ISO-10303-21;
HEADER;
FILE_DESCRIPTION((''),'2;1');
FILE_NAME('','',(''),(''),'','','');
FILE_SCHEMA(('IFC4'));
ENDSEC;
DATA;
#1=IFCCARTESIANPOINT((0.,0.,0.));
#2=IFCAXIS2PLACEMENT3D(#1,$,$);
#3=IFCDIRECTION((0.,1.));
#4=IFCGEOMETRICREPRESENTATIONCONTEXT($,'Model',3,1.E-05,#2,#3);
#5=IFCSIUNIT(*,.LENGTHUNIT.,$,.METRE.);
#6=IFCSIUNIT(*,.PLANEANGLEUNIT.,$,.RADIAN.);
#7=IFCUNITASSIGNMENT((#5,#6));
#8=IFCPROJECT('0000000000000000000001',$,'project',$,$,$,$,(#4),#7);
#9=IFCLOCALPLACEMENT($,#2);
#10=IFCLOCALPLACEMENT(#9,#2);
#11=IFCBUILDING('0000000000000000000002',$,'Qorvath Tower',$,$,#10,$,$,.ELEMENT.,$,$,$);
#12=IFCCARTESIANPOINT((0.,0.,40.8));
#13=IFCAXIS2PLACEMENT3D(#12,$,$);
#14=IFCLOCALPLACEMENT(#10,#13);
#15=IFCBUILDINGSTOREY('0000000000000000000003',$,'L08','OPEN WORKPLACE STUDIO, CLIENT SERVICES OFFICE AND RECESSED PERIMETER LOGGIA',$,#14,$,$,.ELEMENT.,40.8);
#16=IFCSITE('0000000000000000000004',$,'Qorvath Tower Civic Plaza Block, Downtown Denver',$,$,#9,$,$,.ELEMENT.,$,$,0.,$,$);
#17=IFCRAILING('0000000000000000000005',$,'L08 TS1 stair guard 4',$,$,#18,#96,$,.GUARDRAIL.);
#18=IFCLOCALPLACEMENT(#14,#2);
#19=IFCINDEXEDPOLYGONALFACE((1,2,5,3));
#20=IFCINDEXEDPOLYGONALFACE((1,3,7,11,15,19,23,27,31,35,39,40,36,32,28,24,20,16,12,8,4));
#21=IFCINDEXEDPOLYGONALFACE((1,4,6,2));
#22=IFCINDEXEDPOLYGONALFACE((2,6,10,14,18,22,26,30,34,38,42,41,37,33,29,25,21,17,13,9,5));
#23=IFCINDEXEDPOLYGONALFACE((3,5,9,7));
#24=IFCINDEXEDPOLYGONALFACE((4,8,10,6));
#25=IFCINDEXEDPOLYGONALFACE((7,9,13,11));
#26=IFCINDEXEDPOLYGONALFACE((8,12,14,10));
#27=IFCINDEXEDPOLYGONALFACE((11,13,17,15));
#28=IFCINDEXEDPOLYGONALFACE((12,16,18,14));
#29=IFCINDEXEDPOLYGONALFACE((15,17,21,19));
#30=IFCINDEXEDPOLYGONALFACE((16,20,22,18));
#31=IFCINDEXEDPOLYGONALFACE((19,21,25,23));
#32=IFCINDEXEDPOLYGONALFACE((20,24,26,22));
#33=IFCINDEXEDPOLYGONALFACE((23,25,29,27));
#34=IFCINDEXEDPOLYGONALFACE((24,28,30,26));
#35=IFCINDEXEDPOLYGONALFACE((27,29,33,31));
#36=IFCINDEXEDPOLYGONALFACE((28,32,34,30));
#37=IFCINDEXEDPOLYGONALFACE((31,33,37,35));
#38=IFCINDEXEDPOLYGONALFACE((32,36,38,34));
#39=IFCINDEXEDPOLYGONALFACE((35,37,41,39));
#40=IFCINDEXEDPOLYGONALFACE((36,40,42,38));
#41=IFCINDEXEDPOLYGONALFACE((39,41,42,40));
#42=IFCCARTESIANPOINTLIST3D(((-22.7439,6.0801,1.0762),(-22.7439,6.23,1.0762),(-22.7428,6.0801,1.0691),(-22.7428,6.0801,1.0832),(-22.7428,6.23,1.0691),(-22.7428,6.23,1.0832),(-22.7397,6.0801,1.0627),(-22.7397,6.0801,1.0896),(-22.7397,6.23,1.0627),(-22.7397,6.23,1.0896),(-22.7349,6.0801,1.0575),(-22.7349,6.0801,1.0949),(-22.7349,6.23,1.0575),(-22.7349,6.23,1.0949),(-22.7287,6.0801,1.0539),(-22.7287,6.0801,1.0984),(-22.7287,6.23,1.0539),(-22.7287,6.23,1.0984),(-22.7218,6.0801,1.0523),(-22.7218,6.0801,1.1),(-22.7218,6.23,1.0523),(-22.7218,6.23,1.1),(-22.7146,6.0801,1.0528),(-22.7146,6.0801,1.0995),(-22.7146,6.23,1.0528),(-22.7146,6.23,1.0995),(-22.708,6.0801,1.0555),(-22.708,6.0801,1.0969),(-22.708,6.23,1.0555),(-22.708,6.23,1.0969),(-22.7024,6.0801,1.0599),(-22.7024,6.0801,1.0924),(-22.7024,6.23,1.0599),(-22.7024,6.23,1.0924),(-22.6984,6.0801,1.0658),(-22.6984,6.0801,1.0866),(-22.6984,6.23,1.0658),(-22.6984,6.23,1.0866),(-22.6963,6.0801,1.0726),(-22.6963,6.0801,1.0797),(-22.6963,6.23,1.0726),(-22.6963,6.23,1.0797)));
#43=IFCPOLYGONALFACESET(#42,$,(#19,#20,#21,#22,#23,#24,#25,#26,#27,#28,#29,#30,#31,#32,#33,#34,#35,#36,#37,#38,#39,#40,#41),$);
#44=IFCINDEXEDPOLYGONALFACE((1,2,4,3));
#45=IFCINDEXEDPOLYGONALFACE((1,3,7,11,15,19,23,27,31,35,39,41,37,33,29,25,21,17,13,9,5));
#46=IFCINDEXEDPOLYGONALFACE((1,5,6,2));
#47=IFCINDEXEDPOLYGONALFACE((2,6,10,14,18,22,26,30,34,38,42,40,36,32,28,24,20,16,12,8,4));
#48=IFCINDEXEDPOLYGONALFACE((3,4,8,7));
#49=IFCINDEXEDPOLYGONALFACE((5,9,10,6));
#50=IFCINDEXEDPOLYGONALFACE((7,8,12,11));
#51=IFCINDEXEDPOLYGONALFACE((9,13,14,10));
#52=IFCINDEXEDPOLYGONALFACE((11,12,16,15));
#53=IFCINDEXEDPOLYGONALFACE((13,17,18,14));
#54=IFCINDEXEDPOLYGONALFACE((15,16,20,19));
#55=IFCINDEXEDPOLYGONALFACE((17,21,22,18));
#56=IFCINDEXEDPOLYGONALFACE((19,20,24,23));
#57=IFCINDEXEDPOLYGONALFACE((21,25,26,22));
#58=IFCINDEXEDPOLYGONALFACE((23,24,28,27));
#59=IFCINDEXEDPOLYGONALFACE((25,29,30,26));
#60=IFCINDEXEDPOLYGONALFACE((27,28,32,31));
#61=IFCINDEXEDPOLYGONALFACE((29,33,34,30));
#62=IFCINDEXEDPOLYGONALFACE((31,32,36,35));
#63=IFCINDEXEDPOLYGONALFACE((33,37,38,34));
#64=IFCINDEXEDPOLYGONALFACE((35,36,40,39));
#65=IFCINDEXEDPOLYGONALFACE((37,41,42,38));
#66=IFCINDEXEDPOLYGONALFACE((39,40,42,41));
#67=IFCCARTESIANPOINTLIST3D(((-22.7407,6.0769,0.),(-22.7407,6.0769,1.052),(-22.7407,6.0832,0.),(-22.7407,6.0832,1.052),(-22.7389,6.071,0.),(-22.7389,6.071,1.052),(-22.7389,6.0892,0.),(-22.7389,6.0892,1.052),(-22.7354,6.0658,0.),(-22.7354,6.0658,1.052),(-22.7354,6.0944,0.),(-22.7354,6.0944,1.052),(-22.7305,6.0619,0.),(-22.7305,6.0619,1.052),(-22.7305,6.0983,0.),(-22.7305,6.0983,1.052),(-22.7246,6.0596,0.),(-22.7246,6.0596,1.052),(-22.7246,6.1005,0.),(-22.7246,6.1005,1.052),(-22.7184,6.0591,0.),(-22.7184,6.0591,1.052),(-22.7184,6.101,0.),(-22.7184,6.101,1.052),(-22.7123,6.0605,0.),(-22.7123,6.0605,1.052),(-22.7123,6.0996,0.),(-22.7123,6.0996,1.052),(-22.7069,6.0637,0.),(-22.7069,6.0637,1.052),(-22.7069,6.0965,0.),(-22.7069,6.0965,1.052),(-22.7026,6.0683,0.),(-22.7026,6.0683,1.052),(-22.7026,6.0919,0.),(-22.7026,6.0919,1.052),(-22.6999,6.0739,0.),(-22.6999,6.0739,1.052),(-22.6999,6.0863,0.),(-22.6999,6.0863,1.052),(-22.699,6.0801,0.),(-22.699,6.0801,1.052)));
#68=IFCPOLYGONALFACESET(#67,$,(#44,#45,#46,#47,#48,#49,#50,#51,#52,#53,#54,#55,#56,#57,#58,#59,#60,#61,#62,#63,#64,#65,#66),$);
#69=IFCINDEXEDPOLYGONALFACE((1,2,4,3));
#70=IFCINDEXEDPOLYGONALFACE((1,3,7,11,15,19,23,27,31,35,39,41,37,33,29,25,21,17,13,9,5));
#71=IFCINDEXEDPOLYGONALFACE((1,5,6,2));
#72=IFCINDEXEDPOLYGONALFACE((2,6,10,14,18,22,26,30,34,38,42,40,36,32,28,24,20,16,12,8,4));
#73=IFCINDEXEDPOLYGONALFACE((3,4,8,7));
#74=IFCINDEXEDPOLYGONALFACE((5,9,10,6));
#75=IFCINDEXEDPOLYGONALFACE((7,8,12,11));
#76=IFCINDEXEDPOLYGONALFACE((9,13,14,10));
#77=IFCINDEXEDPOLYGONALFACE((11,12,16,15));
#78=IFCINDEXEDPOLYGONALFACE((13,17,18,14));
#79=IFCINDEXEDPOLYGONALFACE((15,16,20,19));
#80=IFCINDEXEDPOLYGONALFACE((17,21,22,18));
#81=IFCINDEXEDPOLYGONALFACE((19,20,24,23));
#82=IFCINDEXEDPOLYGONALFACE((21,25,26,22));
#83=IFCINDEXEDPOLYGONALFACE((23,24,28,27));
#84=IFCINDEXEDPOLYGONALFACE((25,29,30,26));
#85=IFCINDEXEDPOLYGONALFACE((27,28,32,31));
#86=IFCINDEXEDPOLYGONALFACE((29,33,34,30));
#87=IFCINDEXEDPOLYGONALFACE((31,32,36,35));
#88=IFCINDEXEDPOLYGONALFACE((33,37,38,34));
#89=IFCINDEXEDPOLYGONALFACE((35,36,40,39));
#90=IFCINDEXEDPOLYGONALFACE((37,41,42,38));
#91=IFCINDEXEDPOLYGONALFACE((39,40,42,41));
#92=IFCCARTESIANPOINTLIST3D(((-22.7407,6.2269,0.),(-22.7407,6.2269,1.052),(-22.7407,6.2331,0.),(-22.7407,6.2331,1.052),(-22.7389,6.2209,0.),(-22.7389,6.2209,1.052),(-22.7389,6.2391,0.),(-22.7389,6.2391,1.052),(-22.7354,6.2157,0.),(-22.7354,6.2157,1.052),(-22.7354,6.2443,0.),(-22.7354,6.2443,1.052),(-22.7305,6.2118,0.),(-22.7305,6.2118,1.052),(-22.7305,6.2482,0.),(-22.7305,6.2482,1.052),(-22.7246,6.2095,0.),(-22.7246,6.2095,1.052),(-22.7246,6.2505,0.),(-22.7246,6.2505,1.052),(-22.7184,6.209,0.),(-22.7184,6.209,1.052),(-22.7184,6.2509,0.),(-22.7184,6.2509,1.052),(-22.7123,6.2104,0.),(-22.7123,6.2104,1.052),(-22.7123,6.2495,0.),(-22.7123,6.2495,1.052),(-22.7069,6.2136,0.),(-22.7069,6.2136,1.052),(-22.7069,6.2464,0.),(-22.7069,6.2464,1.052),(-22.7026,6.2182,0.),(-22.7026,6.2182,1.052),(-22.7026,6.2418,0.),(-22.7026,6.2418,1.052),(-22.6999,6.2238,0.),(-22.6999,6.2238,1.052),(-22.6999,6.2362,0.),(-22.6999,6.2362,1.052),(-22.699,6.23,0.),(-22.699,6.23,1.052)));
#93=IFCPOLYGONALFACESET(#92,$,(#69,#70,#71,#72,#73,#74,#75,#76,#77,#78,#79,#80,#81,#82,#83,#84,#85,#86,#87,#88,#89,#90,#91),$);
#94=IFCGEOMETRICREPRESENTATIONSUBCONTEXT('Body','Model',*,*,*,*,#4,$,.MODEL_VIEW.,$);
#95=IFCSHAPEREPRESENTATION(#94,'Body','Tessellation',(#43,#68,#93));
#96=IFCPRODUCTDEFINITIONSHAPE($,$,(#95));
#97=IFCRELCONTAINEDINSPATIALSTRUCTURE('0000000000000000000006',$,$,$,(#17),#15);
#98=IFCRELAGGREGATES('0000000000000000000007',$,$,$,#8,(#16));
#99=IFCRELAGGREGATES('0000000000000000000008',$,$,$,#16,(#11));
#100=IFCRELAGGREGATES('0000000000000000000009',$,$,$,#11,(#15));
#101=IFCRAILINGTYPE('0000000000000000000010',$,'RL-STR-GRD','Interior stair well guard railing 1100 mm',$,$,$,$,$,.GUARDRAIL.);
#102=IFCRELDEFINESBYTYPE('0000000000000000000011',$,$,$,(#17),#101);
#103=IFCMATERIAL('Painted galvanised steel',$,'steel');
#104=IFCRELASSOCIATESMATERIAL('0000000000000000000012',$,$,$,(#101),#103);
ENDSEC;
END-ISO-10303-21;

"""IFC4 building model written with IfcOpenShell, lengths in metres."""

from ifc_helpers import new_model, si_unit, direction, frame, origin, origin_2d, place, context, subcontext, project, spatial, circle, extrude, material, type_object, element, save


model = new_model("IFC4")

# Units and contexts
model_context = context("Model", 3, precision=1e-05, world=origin(), true_north=direction((0.0, 1.0)))
body_context = subcontext(model_context, "Body", "Model", "MODEL_VIEW")
ifc_project = project(units=[si_unit("LENGTHUNIT", "METRE"), si_unit("PLANEANGLEUNIT", "RADIAN")], contexts=[model_context])

# Site, building, storey
site_placement = place(None, origin())
site = spatial("IfcSite", under=ifc_project, at=site_placement, Name="Qorvath Tower Civic Plaza Block, Downtown Denver", CompositionType="ELEMENT", RefElevation=0.0)
building_placement = place(site_placement, origin())
building = spatial("IfcBuilding", under=site, at=building_placement, Name="Qorvath Tower", CompositionType="ELEMENT")
storey_placement = place(building_placement, frame((0.0, 0.0, 40.8)))
storey = spatial("IfcBuildingStorey", under=building, at=storey_placement, Name="L08", Description="OPEN WORKPLACE STUDIO, CLIENT SERVICES OFFICE AND RECESSED PERIMETER LOGGIA", CompositionType="ELEMENT", Elevation=40.8)

# Railing
ifc_material_1 = material(Name="Painted galvanised steel", Category="steel")
railing_type_1 = type_object("IfcRailingType", Name="RL-STR-GRD", Description="Interior stair well guard railing 1100 mm", PredefinedType="GUARDRAIL", material=ifc_material_1)
railing_1_placement = place(storey_placement, frame((-22.72, 6.0801, 0.0)))
element("IfcRailing", 1, at=railing_1_placement, inside=storey, type_object=railing_type_1, Name="L08 TS1 stair guard 4", PredefinedType="GUARDRAIL", context=body_context, shape_type="SweptSolid", body=[
    extrude(circle(Radius=0.0239, at=origin_2d()), frame((0.0, 0.0, 1.0762), z_axis=(0.0, 1.0, 0.0), x_axis=(-1.0, 0.0, 0.0)), (0.0, 0.0, 1.0), 0.1499),
    extrude(circle(Radius=0.021, at=origin_2d()), origin(), (0.0, 0.0, 1.0), 1.052),
    extrude(circle(Radius=0.021, at=origin_2d()), frame((0.0, 0.1499, 0.0)), (0.0, 0.0, 1.0), 1.052),
])

save(model, "model.ifc")
